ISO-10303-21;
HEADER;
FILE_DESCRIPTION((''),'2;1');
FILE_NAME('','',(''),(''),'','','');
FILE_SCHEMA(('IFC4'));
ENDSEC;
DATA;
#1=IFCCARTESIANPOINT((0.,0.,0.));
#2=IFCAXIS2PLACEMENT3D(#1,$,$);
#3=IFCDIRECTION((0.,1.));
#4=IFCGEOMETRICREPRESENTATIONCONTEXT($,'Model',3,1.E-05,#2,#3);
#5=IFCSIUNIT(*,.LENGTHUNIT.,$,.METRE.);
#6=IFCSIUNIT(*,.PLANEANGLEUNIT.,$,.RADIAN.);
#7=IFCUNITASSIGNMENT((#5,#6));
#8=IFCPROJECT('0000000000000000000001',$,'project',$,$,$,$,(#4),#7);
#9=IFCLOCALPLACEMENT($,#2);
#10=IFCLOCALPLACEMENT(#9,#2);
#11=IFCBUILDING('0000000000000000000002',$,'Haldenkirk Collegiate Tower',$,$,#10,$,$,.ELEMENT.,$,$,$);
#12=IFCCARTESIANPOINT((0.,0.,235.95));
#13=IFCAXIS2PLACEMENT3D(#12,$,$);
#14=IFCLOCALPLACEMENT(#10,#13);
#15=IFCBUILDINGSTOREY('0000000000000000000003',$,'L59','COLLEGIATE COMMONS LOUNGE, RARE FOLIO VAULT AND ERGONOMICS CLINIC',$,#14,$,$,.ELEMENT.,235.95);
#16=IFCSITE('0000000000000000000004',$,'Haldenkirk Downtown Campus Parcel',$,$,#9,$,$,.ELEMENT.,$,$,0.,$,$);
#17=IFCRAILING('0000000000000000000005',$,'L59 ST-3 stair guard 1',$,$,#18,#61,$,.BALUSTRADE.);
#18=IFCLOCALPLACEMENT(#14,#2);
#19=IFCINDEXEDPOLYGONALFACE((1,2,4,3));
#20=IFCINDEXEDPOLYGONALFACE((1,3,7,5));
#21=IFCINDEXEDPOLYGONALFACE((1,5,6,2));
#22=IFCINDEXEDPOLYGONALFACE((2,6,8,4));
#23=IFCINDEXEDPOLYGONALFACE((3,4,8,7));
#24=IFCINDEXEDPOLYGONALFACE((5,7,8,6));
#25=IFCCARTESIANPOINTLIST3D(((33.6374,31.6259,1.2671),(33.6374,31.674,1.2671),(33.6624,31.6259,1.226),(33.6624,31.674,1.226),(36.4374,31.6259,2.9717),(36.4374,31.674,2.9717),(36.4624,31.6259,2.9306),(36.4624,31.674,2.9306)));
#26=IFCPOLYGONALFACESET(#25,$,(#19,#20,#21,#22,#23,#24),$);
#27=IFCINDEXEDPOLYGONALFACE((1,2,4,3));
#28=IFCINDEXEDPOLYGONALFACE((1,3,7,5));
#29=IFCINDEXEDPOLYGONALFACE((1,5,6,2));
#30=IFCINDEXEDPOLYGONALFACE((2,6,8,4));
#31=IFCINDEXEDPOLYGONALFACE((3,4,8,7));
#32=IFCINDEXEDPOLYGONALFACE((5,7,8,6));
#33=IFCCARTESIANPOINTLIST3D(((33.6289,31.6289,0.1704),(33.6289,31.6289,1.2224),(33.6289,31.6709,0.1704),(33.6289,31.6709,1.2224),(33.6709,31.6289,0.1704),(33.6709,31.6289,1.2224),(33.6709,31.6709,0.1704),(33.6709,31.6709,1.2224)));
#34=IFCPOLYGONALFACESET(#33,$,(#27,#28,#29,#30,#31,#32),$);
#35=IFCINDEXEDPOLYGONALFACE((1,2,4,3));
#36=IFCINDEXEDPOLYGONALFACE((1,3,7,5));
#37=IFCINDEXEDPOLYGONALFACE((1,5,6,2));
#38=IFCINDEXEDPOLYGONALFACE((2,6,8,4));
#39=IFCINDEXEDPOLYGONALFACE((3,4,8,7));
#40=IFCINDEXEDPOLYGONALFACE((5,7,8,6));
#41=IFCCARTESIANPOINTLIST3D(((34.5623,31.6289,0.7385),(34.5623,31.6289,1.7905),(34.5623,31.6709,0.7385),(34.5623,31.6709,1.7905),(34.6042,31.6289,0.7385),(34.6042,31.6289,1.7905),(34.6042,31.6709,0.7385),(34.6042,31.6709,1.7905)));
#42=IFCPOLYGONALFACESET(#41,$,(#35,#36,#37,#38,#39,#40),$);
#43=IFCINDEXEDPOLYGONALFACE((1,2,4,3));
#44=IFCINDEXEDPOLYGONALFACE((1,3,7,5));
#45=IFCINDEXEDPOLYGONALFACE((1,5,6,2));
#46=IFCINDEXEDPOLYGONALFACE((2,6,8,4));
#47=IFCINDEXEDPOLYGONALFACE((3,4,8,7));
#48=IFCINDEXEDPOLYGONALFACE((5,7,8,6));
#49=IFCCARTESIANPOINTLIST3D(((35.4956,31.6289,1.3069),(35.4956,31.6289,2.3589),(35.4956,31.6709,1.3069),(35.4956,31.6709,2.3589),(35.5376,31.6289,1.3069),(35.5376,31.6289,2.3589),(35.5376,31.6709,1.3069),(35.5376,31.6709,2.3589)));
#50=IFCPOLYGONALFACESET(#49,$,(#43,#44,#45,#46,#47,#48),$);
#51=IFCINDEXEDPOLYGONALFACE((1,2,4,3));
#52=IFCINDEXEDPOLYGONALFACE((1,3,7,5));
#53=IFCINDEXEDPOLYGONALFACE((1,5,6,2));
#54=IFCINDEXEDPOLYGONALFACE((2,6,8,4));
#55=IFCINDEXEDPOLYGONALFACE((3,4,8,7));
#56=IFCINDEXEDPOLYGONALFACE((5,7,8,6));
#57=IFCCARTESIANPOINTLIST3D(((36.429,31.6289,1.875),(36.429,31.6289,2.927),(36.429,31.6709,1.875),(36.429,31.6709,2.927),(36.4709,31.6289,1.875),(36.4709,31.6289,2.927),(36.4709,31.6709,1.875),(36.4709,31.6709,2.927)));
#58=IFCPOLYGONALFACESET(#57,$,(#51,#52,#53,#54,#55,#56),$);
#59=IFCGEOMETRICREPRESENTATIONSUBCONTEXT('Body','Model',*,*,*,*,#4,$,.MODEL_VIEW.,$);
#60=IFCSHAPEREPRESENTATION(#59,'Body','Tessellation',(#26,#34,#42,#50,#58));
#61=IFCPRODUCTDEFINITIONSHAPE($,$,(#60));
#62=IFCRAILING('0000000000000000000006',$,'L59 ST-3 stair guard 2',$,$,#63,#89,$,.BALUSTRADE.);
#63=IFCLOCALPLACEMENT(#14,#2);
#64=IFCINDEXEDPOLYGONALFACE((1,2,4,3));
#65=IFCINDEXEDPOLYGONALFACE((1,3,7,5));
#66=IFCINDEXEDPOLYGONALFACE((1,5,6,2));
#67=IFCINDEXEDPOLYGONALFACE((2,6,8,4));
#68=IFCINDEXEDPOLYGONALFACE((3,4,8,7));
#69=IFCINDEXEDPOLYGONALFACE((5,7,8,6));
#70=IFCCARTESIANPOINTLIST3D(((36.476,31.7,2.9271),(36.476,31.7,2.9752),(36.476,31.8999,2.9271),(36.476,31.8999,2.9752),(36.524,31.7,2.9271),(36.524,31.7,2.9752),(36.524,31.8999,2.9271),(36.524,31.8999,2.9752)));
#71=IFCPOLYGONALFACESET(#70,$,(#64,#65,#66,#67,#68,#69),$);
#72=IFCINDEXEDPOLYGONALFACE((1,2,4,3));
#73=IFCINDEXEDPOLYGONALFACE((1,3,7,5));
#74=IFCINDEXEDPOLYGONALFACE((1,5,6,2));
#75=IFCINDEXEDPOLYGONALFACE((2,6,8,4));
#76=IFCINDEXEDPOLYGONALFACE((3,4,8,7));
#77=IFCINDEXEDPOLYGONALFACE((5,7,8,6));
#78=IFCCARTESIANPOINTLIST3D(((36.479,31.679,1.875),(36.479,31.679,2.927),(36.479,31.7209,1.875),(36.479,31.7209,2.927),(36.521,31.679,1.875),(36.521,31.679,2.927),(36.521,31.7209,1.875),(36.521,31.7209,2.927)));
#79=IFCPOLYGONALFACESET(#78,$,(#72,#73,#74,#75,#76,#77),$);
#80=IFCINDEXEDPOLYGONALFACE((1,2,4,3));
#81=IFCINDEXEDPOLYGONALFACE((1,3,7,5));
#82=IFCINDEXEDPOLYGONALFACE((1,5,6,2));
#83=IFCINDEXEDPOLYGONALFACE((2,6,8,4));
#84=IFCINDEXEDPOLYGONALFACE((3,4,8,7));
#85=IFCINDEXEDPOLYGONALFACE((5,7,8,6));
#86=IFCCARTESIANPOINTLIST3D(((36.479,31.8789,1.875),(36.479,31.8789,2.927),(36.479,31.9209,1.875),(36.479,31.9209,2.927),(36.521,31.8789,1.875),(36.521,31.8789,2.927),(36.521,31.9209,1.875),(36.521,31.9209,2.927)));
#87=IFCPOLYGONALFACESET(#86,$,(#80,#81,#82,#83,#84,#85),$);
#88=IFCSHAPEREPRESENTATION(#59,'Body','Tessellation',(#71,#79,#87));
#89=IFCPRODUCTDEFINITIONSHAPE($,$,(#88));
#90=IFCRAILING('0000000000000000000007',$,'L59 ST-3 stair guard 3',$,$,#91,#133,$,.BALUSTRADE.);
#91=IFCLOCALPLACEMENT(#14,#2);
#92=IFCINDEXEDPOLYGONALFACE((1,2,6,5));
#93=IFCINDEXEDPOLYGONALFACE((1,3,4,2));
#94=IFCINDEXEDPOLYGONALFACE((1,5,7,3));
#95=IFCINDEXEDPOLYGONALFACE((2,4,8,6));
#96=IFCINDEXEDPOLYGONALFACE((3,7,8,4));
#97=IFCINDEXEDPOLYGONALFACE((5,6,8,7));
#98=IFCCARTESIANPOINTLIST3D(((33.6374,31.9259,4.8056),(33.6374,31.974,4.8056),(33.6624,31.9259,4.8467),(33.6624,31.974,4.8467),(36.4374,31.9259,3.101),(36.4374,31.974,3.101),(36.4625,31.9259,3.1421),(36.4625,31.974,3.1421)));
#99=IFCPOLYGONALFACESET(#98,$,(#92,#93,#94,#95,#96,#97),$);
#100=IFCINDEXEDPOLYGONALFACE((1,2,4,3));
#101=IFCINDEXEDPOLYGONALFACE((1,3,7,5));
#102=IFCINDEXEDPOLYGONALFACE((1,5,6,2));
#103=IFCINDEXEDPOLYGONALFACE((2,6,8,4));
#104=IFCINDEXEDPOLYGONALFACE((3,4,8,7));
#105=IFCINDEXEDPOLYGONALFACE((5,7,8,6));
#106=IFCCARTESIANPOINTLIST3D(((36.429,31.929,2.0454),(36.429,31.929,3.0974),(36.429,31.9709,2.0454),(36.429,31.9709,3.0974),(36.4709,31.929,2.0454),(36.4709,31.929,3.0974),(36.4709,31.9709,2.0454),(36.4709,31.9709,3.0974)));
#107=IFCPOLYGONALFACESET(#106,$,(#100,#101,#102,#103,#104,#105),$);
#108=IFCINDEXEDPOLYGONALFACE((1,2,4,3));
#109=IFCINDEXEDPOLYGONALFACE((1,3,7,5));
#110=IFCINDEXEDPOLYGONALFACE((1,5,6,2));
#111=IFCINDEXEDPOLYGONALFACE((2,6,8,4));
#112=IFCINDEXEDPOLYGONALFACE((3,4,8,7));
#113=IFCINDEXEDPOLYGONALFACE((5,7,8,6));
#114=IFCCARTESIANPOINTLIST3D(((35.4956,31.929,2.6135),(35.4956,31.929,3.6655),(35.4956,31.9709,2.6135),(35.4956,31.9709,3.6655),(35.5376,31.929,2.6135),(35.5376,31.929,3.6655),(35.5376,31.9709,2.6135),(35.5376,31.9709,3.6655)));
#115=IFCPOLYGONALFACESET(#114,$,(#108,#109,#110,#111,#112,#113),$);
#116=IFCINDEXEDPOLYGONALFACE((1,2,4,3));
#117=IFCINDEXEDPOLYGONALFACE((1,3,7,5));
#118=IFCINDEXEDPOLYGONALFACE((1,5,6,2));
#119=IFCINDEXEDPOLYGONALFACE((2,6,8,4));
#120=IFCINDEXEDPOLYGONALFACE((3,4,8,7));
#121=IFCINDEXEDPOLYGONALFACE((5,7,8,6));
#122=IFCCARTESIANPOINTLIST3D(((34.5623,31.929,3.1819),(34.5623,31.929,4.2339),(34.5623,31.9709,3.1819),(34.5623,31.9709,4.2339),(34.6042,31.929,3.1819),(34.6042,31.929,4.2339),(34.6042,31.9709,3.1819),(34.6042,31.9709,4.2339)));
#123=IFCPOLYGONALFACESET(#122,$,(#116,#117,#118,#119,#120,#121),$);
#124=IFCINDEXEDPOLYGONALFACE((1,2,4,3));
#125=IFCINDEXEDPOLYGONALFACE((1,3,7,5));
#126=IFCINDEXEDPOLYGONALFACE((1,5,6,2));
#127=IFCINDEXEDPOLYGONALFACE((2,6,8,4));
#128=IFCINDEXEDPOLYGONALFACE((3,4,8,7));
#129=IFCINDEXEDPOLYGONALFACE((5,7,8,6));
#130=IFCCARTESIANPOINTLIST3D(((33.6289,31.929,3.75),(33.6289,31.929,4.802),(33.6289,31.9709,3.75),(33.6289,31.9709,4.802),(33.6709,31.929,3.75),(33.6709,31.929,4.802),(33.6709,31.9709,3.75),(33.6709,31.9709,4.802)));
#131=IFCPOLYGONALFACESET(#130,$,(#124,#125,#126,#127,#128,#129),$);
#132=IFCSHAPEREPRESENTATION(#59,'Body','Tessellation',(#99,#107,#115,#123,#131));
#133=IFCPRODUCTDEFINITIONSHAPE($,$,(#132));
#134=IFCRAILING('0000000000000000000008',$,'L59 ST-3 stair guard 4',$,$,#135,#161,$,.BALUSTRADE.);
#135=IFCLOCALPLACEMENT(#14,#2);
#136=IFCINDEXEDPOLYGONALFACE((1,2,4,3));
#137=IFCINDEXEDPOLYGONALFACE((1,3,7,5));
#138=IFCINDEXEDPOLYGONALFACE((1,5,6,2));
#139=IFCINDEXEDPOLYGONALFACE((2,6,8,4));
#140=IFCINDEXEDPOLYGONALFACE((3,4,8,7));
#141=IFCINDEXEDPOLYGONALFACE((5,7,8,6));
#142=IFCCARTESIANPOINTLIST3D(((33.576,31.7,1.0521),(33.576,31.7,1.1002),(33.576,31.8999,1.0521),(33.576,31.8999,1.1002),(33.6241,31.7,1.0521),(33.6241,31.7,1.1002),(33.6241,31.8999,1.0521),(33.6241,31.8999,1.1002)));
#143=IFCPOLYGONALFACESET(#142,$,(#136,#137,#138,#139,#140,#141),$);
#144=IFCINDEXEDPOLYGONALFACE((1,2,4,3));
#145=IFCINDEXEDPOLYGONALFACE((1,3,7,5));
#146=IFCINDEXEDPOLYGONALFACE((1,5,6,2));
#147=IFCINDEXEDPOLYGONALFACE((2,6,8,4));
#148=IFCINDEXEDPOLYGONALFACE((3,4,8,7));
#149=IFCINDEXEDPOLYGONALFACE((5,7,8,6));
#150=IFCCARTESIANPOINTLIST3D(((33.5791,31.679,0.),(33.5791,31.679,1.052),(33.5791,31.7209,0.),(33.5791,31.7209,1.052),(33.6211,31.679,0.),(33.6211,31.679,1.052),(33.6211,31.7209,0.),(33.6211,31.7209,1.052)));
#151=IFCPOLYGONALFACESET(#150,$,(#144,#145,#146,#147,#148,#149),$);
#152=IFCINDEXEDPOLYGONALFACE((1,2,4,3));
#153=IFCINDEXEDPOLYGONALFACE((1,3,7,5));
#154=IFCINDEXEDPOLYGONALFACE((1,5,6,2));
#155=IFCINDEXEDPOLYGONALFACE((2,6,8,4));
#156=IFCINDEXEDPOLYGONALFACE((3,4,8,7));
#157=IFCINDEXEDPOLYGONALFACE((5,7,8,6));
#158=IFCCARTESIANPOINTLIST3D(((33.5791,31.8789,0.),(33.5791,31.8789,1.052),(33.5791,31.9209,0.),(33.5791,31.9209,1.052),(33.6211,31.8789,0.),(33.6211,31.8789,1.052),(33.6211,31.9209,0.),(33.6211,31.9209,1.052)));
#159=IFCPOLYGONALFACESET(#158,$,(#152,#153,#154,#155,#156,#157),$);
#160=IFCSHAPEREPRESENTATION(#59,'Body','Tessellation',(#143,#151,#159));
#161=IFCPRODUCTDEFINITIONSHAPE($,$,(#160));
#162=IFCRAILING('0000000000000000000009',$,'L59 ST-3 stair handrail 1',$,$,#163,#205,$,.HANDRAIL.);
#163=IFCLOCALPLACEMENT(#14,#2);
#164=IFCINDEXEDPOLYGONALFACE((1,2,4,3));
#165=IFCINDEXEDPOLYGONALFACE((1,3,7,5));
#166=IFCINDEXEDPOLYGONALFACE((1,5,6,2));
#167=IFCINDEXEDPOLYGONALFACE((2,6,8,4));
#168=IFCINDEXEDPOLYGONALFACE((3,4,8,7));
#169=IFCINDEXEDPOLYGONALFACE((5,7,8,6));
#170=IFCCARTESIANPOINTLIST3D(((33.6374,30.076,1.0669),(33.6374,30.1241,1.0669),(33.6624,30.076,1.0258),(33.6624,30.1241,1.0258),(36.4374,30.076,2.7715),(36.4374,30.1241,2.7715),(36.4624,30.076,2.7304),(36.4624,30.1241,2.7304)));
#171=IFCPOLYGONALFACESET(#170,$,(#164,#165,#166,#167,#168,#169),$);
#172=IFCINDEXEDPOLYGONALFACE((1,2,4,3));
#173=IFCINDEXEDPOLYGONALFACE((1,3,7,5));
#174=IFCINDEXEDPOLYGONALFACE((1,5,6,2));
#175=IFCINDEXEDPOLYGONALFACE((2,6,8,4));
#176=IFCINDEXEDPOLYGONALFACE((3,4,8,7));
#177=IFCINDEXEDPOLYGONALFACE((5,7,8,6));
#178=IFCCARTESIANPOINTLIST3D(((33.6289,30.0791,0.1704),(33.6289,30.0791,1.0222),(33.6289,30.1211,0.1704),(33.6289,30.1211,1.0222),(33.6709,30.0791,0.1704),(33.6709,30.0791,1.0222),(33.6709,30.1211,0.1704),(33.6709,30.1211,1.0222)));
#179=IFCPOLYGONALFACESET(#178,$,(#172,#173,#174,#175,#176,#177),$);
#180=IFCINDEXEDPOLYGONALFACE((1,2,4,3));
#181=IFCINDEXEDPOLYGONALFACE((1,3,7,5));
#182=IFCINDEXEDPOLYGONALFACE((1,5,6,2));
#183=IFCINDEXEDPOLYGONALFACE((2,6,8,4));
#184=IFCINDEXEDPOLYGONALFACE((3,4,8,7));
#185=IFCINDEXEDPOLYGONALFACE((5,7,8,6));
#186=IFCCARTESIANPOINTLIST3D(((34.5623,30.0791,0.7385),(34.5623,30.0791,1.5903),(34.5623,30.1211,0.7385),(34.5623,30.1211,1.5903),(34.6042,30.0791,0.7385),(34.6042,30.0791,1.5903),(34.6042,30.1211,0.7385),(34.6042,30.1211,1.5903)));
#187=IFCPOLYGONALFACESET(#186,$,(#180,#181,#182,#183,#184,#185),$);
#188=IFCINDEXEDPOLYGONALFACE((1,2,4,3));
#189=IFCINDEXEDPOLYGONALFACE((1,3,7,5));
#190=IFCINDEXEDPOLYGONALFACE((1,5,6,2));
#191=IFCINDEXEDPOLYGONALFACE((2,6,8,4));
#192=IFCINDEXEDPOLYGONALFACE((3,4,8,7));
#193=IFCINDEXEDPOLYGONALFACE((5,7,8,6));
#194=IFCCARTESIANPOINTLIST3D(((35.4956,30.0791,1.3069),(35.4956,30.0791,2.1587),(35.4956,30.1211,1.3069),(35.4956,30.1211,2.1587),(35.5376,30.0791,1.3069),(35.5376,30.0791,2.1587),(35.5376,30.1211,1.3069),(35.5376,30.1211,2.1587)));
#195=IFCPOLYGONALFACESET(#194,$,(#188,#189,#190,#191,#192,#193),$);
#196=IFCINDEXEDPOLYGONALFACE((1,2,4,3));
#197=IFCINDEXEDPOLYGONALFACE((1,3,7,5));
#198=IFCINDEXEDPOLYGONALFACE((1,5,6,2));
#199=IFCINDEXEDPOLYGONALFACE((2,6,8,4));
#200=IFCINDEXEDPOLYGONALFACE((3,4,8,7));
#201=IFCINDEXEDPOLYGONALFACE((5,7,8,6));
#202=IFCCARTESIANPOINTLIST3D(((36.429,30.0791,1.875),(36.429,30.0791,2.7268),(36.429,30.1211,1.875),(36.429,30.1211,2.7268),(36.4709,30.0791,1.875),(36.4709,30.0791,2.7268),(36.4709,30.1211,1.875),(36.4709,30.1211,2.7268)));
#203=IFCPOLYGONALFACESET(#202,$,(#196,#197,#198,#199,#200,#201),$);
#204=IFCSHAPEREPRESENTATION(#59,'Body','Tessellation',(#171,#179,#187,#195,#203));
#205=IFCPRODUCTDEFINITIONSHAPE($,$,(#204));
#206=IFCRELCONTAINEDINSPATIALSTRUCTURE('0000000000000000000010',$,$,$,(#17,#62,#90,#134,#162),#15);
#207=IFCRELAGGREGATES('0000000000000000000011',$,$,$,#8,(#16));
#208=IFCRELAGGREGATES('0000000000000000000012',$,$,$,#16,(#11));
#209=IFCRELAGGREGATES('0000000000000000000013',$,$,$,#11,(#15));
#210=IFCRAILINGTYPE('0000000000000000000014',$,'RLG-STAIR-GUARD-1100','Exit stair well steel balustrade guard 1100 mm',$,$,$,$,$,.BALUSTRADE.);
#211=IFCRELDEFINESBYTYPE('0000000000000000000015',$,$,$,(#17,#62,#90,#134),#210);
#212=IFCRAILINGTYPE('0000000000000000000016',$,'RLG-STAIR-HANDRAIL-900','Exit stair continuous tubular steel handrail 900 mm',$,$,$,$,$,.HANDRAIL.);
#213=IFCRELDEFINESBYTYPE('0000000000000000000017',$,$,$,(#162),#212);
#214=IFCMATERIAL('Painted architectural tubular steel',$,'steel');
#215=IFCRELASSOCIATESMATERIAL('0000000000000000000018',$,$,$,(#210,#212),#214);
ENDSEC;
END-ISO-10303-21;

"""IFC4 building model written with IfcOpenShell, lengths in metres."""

from ifc_helpers import new_model, si_unit, direction, frame, origin, origin_2d, place, context, subcontext, project, spatial, rectangle, extrude, material, type_object, element, save


model = new_model("IFC4")

# Units and contexts
model_context = context("Model", 3, precision=1e-05, world=origin(), true_north=direction((0.0, 1.0)))
body_context = subcontext(model_context, "Body", "Model", "MODEL_VIEW")
ifc_project = project(units=[si_unit("LENGTHUNIT", "METRE"), si_unit("PLANEANGLEUNIT", "RADIAN")], contexts=[model_context])

# Site, building, storey
site_placement = place(None, origin())
site = spatial("IfcSite", under=ifc_project, at=site_placement, Name="Haldenkirk Downtown Campus Parcel", CompositionType="ELEMENT", RefElevation=0.0)
building_placement = place(site_placement, origin())
building = spatial("IfcBuilding", under=site, at=building_placement, Name="Haldenkirk Collegiate Tower", CompositionType="ELEMENT")
storey_placement = place(building_placement, frame((0.0, 0.0, 235.95)))
storey = spatial("IfcBuildingStorey", under=building, at=storey_placement, Name="L59", Description="COLLEGIATE COMMONS LOUNGE, RARE FOLIO VAULT AND ERGONOMICS CLINIC", CompositionType="ELEMENT", Elevation=235.95)

# Railings
ifc_material_1 = material(Name="Painted architectural tubular steel", Category="steel")
railing_type_1 = type_object("IfcRailingType", Name="RLG-STAIR-GUARD-1100", Description="Exit stair well steel balustrade guard 1100 mm", PredefinedType="BALUSTRADE", material=ifc_material_1)
railing_1_placement = place(storey_placement, frame((33.6499, 31.6499, 0.1704)))
element("IfcRailing", 1, at=railing_1_placement, inside=storey, type_object=railing_type_1, Name="L59 ST-3 stair guard 1", PredefinedType="BALUSTRADE", context=body_context, shape_type="SweptSolid", body=[
    extrude(rectangle(XDim=0.0481, YDim=0.0481, at=origin_2d()), frame((0.0, 0.0, 1.0762), z_axis=(0.85417, 0.0, 0.519994), x_axis=(0.0, 1.0, 0.0)), (0.0, 0.0, 1.0), 3.2781),
    extrude(rectangle(XDim=0.042, YDim=0.042, at=origin_2d()), origin(), (0.0, 0.0, 1.0), 1.052),
    extrude(rectangle(XDim=0.042, YDim=0.042, at=origin_2d()), frame((0.9333, 0.0, 0.5681)), (0.0, 0.0, 1.0), 1.052),
    extrude(rectangle(XDim=0.042, YDim=0.042, at=origin_2d()), frame((1.8667, 0.0, 1.1365)), (0.0, 0.0, 1.0), 1.052),
    extrude(rectangle(XDim=0.042, YDim=0.042, at=origin_2d()), frame((2.8, 0.0, 1.7046)), (0.0, 0.0, 1.0), 1.052),
])
railing_2_placement = place(storey_placement, frame((36.5, 31.7, 1.875)))
element("IfcRailing", 2, at=railing_2_placement, inside=storey, type_object=railing_type_1, Name="L59 ST-3 stair guard 2", PredefinedType="BALUSTRADE", context=body_context, shape_type="SweptSolid", body=[
    extrude(rectangle(XDim=0.0481, YDim=0.0481, at=origin_2d()), frame((0.0, 0.0, 1.0762), z_axis=(0.0, 1.0, 0.0), x_axis=(-1.0, 0.0, 0.0)), (0.0, 0.0, 1.0), 0.2),
    extrude(rectangle(XDim=0.042, YDim=0.042, at=origin_2d()), origin(), (0.0, 0.0, 1.0), 1.052),
    extrude(rectangle(XDim=0.042, YDim=0.042, at=origin_2d()), frame((0.0, 0.2, 0.0)), (0.0, 0.0, 1.0), 1.052),
])
railing_3_placement = place(storey_placement, frame((36.45, 31.95, 2.0454)))
element("IfcRailing", 3, at=railing_3_placement, inside=storey, type_object=railing_type_1, Name="L59 ST-3 stair guard 3", PredefinedType="BALUSTRADE", context=body_context, shape_type="SweptSolid", body=[
    extrude(rectangle(XDim=0.0481, YDim=0.0481, at=origin_2d()), frame((0.0, 0.0, 1.0762), z_axis=(-0.85417, 0.0, 0.519994), x_axis=(0.0, -1.0, 0.0)), (0.0, 0.0, 1.0), 3.2781),
    extrude(rectangle(XDim=0.042, YDim=0.042, at=origin_2d()), origin(), (0.0, 0.0, 1.0), 1.052),
    extrude(rectangle(XDim=0.042, YDim=0.042, at=origin_2d()), frame((-0.9333, 0.0, 0.5681)), (0.0, 0.0, 1.0), 1.052),
    extrude(rectangle(XDim=0.042, YDim=0.042, at=origin_2d()), frame((-1.8667, 0.0, 1.1365)), (0.0, 0.0, 1.0), 1.052),
    extrude(rectangle(XDim=0.042, YDim=0.042, at=origin_2d()), frame((-2.8, 0.0, 1.7046)), (0.0, 0.0, 1.0), 1.052),
])
railing_4_placement = place(storey_placement, frame((33.6001, 31.7, 0.0)))
element("IfcRailing", 4, at=railing_4_placement, inside=storey, type_object=railing_type_1, Name="L59 ST-3 stair guard 4", PredefinedType="BALUSTRADE", context=body_context, shape_type="SweptSolid", body=[
    extrude(rectangle(XDim=0.0481, YDim=0.0481, at=origin_2d()), frame((0.0, 0.0, 1.0762), z_axis=(0.0, 1.0, 0.0), x_axis=(-1.0, 0.0, 0.0)), (0.0, 0.0, 1.0), 0.2),
    extrude(rectangle(XDim=0.042, YDim=0.042, at=origin_2d()), origin(), (0.0, 0.0, 1.0), 1.052),
    extrude(rectangle(XDim=0.042, YDim=0.042, at=origin_2d()), frame((0.0, 0.2, 0.0)), (0.0, 0.0, 1.0), 1.052),
])
railing_type_2 = type_object("IfcRailingType", Name="RLG-STAIR-HANDRAIL-900", Description="Exit stair continuous tubular steel handrail 900 mm", PredefinedType="HANDRAIL", material=ifc_material_1)
railing_5_placement = place(storey_placement, frame((33.6499, 30.1001, 0.1704)))
element("IfcRailing", 5, at=railing_5_placement, inside=storey, type_object=railing_type_2, Name="L59 ST-3 stair handrail 1", PredefinedType="HANDRAIL", context=body_context, shape_type="SweptSolid", body=[
    extrude(rectangle(XDim=0.0481, YDim=0.0481, at=origin_2d()), frame((0.0, 0.0, 0.876), z_axis=(0.85417, 0.0, 0.519994), x_axis=(0.0, 1.0, 0.0)), (0.0, 0.0, 1.0), 3.2781),
    extrude(rectangle(XDim=0.042, YDim=0.042, at=origin_2d()), origin(), (0.0, 0.0, 1.0), 0.8518),
    extrude(rectangle(XDim=0.042, YDim=0.042, at=origin_2d()), frame((0.9333, 0.0, 0.5681)), (0.0, 0.0, 1.0), 0.8518),
    extrude(rectangle(XDim=0.042, YDim=0.042, at=origin_2d()), frame((1.8667, 0.0, 1.1365)), (0.0, 0.0, 1.0), 0.8518),
    extrude(rectangle(XDim=0.042, YDim=0.042, at=origin_2d()), frame((2.8, 0.0, 1.7046)), (0.0, 0.0, 1.0), 0.8518),
])

save(model, "model.ifc")
